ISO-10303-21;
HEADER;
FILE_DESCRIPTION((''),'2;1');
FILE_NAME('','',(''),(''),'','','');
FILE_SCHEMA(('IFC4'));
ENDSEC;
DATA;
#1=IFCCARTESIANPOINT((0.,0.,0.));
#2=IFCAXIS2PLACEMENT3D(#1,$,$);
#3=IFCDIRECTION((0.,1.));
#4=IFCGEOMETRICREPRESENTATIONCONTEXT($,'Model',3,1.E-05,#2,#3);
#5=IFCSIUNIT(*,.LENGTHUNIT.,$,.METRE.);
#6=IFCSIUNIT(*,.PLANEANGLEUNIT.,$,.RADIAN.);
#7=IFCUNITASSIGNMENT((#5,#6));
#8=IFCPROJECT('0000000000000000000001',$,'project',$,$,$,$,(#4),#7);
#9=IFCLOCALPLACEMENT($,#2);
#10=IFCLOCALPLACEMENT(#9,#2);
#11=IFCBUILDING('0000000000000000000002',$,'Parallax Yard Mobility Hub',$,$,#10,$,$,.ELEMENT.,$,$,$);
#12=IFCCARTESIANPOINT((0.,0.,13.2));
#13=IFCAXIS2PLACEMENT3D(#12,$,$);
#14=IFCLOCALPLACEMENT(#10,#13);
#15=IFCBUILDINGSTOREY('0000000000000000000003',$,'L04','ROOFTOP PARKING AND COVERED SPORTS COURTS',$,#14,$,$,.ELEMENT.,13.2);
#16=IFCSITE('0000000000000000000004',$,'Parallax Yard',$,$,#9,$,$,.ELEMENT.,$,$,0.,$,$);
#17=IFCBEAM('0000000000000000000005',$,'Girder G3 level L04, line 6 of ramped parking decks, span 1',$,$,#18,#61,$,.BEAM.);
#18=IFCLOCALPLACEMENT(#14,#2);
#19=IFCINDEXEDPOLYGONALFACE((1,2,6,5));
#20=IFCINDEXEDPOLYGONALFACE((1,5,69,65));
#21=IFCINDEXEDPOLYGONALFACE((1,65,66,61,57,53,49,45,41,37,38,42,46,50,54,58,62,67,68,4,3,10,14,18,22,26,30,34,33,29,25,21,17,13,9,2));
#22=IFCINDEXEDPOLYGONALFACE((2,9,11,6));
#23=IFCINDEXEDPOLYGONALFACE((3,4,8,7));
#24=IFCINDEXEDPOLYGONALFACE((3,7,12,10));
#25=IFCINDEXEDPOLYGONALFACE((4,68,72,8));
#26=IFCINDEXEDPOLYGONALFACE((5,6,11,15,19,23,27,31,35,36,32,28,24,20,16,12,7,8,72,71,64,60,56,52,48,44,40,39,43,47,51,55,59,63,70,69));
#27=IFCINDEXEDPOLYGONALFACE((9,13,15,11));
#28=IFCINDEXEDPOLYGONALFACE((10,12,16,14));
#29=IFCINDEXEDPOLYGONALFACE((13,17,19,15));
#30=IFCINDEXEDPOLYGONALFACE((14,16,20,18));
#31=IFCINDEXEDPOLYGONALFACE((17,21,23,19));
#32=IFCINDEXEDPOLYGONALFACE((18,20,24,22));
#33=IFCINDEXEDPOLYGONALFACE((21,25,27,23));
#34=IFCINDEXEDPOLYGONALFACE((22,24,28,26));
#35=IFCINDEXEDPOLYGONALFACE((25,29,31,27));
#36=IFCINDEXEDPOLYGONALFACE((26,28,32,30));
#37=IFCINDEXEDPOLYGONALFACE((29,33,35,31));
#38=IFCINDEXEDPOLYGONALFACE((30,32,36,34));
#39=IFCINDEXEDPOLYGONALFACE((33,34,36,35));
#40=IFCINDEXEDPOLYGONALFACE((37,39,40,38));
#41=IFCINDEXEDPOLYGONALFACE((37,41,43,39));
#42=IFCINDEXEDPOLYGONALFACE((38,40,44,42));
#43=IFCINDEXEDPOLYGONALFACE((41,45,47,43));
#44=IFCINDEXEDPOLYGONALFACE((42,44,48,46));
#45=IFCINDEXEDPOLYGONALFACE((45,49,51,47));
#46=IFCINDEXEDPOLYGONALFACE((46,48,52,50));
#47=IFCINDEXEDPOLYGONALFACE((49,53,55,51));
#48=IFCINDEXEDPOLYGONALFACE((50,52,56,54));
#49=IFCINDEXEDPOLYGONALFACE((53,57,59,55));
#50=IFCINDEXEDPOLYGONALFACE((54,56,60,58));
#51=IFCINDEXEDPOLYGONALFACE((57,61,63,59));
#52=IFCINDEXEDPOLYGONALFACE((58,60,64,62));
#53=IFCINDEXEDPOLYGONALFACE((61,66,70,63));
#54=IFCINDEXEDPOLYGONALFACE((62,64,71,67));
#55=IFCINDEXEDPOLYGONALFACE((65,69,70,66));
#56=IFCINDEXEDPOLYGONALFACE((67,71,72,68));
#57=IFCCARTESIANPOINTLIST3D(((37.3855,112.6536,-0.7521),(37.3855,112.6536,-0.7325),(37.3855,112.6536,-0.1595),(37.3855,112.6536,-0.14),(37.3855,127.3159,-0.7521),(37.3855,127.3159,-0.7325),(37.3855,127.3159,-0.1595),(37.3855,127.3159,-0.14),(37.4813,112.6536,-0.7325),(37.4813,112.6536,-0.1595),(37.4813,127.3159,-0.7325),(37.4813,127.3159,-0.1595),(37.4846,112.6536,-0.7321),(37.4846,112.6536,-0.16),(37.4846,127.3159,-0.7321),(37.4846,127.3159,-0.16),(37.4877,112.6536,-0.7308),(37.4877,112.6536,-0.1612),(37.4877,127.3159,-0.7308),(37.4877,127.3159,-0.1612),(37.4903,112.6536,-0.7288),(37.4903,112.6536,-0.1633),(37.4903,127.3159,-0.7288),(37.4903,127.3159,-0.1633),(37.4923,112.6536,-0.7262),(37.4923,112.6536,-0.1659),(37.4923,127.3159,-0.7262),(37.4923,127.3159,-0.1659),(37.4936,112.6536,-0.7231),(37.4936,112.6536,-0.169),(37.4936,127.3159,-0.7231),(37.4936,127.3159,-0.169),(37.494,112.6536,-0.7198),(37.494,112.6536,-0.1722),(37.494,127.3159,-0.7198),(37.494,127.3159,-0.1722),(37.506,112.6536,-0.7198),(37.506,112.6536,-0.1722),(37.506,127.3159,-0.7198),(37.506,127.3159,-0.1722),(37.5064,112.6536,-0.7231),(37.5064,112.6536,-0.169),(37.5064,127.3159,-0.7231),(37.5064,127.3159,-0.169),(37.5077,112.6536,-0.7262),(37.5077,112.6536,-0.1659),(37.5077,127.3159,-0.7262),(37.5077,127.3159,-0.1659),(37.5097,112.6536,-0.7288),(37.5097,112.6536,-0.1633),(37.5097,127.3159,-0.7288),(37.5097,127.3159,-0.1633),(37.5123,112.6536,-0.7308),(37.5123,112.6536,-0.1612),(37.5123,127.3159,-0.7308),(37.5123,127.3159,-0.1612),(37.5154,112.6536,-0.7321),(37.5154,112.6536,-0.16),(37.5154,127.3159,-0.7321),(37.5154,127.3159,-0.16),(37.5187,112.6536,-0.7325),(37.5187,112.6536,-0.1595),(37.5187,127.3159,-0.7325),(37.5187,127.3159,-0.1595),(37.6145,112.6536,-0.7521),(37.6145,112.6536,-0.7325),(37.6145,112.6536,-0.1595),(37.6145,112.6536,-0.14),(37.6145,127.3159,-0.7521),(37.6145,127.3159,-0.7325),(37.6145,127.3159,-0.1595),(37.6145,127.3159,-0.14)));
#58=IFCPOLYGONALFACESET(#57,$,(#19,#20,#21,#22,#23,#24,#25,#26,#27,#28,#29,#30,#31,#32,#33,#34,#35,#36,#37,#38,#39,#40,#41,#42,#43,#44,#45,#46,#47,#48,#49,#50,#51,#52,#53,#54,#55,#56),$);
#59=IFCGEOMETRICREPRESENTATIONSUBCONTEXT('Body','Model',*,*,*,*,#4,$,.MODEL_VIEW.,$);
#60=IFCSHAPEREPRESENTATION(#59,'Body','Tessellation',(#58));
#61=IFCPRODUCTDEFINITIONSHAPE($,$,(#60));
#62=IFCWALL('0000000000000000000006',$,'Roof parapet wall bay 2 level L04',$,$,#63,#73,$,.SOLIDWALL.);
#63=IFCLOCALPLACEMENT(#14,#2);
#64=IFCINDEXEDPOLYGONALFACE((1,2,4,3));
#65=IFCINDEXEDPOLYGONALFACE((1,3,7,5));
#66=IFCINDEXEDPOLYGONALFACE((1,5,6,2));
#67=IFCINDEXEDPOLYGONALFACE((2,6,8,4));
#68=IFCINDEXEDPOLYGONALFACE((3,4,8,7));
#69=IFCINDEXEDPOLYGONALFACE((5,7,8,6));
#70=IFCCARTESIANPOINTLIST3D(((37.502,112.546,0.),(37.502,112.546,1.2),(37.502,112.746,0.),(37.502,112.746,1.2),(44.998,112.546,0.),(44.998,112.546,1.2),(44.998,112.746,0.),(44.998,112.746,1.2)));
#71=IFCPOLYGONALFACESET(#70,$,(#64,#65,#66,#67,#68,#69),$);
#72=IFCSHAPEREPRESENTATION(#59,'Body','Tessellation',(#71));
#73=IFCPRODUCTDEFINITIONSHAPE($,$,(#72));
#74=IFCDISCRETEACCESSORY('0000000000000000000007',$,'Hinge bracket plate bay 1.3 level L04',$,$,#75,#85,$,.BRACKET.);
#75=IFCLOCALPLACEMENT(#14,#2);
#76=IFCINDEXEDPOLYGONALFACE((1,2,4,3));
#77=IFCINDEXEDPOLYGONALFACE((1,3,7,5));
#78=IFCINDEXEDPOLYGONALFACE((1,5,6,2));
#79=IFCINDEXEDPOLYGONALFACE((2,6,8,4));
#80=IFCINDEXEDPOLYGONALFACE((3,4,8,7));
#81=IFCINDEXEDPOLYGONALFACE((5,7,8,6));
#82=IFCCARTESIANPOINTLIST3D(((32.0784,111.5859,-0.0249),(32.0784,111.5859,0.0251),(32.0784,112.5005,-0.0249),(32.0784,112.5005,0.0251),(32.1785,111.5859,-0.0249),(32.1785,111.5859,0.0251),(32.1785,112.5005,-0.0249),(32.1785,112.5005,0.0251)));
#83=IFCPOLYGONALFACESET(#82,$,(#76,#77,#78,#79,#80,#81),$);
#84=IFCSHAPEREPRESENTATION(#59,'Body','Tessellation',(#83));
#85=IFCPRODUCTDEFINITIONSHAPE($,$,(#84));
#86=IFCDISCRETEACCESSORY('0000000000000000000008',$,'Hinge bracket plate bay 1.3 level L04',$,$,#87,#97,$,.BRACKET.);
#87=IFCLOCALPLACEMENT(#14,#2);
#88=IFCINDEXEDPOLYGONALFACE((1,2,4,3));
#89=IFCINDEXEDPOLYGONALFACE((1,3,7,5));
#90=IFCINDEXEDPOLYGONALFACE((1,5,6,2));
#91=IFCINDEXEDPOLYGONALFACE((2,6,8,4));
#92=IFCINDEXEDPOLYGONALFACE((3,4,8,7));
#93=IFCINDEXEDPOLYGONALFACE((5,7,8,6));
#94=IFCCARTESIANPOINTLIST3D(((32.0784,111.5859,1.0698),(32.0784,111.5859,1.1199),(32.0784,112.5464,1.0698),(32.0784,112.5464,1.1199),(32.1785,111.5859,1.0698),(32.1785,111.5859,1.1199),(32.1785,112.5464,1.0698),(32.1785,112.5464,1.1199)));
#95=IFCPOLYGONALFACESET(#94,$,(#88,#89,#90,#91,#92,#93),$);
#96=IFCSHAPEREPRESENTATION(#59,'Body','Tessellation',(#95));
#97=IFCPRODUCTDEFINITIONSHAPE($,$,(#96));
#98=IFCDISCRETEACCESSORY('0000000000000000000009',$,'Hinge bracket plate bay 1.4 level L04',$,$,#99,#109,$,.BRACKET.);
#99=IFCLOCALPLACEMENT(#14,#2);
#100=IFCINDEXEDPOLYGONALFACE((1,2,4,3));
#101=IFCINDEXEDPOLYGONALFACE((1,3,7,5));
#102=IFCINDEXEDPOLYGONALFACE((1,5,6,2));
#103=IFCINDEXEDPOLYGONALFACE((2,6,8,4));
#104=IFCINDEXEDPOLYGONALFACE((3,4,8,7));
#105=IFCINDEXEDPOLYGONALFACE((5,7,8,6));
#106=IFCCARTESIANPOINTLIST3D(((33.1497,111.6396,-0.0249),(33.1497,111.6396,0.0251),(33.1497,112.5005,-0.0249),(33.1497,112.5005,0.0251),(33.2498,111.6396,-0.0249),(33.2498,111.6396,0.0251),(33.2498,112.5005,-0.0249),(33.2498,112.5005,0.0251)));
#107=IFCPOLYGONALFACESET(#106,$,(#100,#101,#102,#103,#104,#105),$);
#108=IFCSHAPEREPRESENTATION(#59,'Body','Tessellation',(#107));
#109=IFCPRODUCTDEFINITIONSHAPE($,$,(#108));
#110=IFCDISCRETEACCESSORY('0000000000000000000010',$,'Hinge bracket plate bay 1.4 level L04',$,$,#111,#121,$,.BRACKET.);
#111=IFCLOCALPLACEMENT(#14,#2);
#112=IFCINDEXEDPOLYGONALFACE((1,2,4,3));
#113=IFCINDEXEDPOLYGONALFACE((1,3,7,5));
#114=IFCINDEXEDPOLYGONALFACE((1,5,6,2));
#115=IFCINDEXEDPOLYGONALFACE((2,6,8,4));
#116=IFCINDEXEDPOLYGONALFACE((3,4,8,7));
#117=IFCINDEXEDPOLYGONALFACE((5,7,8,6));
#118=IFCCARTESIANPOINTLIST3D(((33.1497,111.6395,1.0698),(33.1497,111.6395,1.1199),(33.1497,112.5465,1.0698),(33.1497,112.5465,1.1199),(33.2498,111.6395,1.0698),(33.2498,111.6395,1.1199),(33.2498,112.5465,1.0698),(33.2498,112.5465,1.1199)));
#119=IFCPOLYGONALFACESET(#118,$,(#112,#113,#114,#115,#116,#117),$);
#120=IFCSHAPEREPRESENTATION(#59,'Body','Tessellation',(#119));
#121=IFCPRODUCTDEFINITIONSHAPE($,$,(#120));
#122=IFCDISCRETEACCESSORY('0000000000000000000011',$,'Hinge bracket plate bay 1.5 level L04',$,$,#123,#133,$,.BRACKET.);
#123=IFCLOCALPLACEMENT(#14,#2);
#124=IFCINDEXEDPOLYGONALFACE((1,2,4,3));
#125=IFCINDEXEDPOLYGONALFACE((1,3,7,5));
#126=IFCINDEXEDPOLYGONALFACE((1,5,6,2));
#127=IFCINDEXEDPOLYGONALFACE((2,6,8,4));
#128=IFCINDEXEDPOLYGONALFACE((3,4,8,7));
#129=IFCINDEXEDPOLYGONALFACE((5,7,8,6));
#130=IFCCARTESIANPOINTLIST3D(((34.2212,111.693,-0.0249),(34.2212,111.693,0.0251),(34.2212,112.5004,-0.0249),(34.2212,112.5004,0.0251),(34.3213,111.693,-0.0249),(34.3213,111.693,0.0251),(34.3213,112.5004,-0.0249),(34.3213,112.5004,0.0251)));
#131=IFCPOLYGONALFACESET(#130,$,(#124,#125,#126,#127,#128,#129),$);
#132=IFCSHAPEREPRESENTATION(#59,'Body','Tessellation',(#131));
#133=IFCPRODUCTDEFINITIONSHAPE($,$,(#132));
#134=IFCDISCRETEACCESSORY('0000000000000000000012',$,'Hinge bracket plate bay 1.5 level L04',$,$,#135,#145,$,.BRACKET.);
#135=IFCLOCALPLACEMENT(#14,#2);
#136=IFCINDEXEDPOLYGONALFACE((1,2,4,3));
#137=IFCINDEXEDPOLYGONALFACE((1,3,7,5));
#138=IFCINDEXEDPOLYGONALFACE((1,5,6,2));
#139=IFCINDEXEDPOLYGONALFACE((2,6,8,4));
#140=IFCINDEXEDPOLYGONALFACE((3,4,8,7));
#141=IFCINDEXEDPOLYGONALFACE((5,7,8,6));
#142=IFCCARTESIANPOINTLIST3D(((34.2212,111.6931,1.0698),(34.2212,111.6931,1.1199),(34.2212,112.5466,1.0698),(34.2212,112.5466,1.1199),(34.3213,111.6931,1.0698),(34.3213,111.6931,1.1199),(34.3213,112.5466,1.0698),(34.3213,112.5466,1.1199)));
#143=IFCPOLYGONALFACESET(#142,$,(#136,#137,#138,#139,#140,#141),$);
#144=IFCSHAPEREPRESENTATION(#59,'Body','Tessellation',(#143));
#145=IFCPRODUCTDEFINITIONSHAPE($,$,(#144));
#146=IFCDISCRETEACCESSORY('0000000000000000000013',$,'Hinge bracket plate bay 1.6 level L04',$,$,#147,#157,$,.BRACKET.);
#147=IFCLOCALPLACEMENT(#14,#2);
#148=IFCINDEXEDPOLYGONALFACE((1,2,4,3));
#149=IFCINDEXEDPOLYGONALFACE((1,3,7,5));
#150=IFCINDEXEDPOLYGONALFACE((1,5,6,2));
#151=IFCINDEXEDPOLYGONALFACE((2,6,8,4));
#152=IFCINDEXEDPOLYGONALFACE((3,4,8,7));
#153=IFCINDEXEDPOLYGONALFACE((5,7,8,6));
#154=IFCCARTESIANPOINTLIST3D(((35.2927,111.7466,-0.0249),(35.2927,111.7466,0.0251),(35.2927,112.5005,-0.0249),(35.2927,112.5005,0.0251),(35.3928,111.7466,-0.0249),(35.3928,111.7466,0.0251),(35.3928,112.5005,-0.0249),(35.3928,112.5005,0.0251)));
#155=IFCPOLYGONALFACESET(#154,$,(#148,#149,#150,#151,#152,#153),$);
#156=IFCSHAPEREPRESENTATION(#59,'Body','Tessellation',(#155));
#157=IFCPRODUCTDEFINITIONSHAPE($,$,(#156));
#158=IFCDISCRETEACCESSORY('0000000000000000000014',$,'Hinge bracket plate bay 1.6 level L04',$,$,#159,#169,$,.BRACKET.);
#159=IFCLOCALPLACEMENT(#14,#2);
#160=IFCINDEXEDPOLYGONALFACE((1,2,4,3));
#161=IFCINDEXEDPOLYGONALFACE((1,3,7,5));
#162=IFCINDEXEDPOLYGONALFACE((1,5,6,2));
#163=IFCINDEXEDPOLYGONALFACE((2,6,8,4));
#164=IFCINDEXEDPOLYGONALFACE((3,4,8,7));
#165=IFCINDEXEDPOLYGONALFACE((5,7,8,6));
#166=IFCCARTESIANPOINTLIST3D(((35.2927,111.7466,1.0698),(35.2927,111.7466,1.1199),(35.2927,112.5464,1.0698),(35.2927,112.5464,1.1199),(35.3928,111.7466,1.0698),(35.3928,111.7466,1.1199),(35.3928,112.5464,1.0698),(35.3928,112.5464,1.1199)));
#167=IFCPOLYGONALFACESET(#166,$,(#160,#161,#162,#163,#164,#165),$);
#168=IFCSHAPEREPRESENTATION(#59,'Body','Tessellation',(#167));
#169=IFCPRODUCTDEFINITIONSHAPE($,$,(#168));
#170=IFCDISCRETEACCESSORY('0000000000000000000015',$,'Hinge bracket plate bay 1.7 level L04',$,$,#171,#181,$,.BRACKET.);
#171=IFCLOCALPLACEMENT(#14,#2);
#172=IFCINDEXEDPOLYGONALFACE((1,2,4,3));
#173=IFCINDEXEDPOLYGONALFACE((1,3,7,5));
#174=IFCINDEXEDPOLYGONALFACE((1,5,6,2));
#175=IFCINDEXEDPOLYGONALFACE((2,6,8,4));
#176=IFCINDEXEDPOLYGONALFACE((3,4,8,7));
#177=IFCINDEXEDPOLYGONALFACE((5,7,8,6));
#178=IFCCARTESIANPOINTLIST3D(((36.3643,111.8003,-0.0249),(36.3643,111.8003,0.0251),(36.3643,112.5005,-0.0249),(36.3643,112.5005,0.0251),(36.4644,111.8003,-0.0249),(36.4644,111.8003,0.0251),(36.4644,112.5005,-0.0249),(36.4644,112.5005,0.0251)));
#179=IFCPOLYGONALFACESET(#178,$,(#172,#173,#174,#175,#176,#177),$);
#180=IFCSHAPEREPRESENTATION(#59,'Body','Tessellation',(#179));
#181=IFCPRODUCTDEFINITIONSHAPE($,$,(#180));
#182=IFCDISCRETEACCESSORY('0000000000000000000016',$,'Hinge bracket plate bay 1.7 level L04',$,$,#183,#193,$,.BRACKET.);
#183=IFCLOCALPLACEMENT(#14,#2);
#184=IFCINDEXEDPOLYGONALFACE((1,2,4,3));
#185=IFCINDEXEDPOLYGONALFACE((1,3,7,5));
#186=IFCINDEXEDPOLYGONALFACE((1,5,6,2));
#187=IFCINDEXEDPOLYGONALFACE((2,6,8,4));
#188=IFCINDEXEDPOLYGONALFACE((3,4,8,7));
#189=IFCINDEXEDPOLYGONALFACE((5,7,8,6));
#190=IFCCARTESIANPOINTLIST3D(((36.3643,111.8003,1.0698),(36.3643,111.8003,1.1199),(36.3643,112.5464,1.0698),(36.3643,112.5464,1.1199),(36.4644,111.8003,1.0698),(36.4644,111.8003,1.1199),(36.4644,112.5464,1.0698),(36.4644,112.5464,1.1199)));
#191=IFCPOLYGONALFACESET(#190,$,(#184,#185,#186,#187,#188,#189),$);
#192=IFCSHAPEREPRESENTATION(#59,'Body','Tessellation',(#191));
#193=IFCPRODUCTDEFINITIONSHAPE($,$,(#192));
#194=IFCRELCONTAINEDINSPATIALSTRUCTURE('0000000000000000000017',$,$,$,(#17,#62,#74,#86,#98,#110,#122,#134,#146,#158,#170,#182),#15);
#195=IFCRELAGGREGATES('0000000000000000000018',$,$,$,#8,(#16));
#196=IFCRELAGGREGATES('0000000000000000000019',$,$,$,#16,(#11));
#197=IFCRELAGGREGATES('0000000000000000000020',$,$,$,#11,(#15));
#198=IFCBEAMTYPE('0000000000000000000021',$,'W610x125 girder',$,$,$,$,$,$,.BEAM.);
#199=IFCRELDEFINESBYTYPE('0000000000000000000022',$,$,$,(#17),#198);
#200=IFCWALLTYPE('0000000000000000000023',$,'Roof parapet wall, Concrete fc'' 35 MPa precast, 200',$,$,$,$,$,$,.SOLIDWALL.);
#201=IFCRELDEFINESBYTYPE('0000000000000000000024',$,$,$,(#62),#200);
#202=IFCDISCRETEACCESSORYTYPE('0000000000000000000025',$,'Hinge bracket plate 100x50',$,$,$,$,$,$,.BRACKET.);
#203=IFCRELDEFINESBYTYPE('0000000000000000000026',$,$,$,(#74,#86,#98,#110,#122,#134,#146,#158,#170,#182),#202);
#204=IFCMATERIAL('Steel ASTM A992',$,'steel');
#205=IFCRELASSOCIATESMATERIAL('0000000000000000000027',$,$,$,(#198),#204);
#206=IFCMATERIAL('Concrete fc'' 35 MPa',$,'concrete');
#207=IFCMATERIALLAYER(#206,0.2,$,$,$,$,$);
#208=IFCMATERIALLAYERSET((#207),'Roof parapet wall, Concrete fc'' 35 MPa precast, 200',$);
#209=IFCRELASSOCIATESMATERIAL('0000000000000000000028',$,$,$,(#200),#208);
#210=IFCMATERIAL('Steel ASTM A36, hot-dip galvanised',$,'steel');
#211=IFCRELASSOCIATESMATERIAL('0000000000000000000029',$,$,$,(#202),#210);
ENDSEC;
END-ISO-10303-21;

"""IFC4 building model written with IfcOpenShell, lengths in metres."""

from ifc_helpers import new_model, si_unit, direction, frame, frame_2d, origin, origin_2d, place, context, subcontext, project, spatial, rectangle, i_section, extrude, material, layer, layer_set, material_profile, profile_set, type_object, element, save


model = new_model("IFC4")

# Units and contexts
model_context = context("Model", 3, precision=1e-05, world=origin(), true_north=direction((0.0, 1.0)))
body_context = subcontext(model_context, "Body", "Model", "MODEL_VIEW")
ifc_project = project(units=[si_unit("LENGTHUNIT", "METRE"), si_unit("PLANEANGLEUNIT", "RADIAN")], contexts=[model_context])

# Site, building, storey
site_placement = place(None, origin())
site = spatial("IfcSite", under=ifc_project, at=site_placement, Name="Parallax Yard", CompositionType="ELEMENT", RefElevation=0.0)
building_placement = place(site_placement, origin())
building = spatial("IfcBuilding", under=site, at=building_placement, Name="Parallax Yard Mobility Hub", CompositionType="ELEMENT")
storey_placement = place(building_placement, frame((0.0, 0.0, 13.2)))
storey = spatial("IfcBuildingStorey", under=building, at=storey_placement, Name="L04", Description="ROOFTOP PARKING AND COVERED SPORTS COURTS", CompositionType="ELEMENT", Elevation=13.2)

# Shared definitions
ifc_material_1 = material(Name="Steel ASTM A992", Category="steel")

# Beam
ifc_material_profile_1 = material_profile(ifc_material_1, i_section(OverallWidth=0.229, OverallDepth=0.6121, WebThickness=0.012, FlangeThickness=0.0195, FilletRadius=0.0127, at=origin_2d()), Name="W610x125")
ifc_profile_set_1 = profile_set([ifc_material_profile_1], Name="Steel ASTM A992")
beam_type_1 = type_object("IfcBeamType", Name="W610x125 girder", PredefinedType="BEAM", material=ifc_profile_set_1)
beam_1_placement = place(storey_placement, frame((37.5, 112.6536, -0.446), z_axis=(0.0, 1.0, 0.0), x_axis=(-1.0, 0.0, 0.0)))
element("IfcBeam", 1, at=beam_1_placement, inside=storey, type_object=beam_type_1, Name="Girder G3 level L04, line 6 of ramped parking decks, span 1", PredefinedType="BEAM", context=body_context, shape_type="SweptSolid", body=[
    extrude(i_section(OverallWidth=0.229, OverallDepth=0.6121, WebThickness=0.012, FlangeThickness=0.0195, FilletRadius=0.0127, at=origin_2d()), origin(), (0.0, 0.0, 1.0), 14.6624),
])

# Wall
ifc_material_2 = material(Name="Concrete fc' 35 MPa", Category="concrete")
ifc_layer = layer(ifc_material_2, 0.2)
ifc_layer_set = layer_set([ifc_layer], Name="Roof parapet wall, Concrete fc' 35 MPa precast, 200")
wall_type = type_object("IfcWallType", Name="Roof parapet wall, Concrete fc' 35 MPa precast, 200", PredefinedType="SOLIDWALL", material=ifc_layer_set)
wall_placement = place(storey_placement, frame((37.502, 112.646, 0.0), z_axis=(0.0, 0.0, 1.0), x_axis=(1.0, 0.0, 0.0)))
element("IfcWall", 2, at=wall_placement, inside=storey, type_object=wall_type, Name="Roof parapet wall bay 2 level L04", PredefinedType="SOLIDWALL", context=body_context, shape_type="SweptSolid", body=[
    extrude(rectangle(XDim=7.4961, YDim=0.2, at=frame_2d((3.748, 0.0))), origin(), (0.0, 0.0, 1.0), 1.2),
])

# Discrete accessories
ifc_material_3 = material(Name="Steel ASTM A36, hot-dip galvanised", Category="steel")
discrete_accessory_type_1 = type_object("IfcDiscreteAccessoryType", Name="Hinge bracket plate 100x50", PredefinedType="BRACKET", material=ifc_material_3)
discrete_accessory_1_placement = place(storey_placement, frame((32.1284, 112.0432, -0.0249), z_axis=(0.0, 0.0, 1.0), x_axis=(0.0, -1.0, 0.0)))
element("IfcDiscreteAccessory", 3, at=discrete_accessory_1_placement, inside=storey, type_object=discrete_accessory_type_1, Name="Hinge bracket plate bay 1.3 level L04", PredefinedType="BRACKET", context=body_context, shape_type="SweptSolid", body=[
    extrude(rectangle(XDim=0.9146, YDim=0.1001, at=origin_2d()), origin(), (0.0, 0.0, 1.0), 0.05),
])
discrete_accessory_2_placement = place(storey_placement, frame((32.1284, 112.0662, 1.0698), z_axis=(0.0, 0.0, 1.0), x_axis=(0.0, -1.0, 0.0)))
element("IfcDiscreteAccessory", 4, at=discrete_accessory_2_placement, inside=storey, type_object=discrete_accessory_type_1, Name="Hinge bracket plate bay 1.3 level L04", PredefinedType="BRACKET", context=body_context, shape_type="SweptSolid", body=[
    extrude(rectangle(XDim=0.9604, YDim=0.1001, at=origin_2d()), origin(), (0.0, 0.0, 1.0), 0.05),
])
discrete_accessory_3_placement = place(storey_placement, frame((33.1997, 112.0701, -0.0249), z_axis=(0.0, 0.0, 1.0), x_axis=(0.0, -1.0, 0.0)))
element("IfcDiscreteAccessory", 5, at=discrete_accessory_3_placement, inside=storey, type_object=discrete_accessory_type_1, Name="Hinge bracket plate bay 1.4 level L04", PredefinedType="BRACKET", context=body_context, shape_type="SweptSolid", body=[
    extrude(rectangle(XDim=0.8608, YDim=0.1001, at=origin_2d()), origin(), (0.0, 0.0, 1.0), 0.05),
])
discrete_accessory_4_placement = place(storey_placement, frame((33.1997, 112.093, 1.0698), z_axis=(0.0, 0.0, 1.0), x_axis=(0.0, -1.0, 0.0)))
element("IfcDiscreteAccessory", 6, at=discrete_accessory_4_placement, inside=storey, type_object=discrete_accessory_type_1, Name="Hinge bracket plate bay 1.4 level L04", PredefinedType="BRACKET", context=body_context, shape_type="SweptSolid", body=[
    extrude(rectangle(XDim=0.907, YDim=0.1001, at=origin_2d()), origin(), (0.0, 0.0, 1.0), 0.05),
])
discrete_accessory_5_placement = place(storey_placement, frame((34.2712, 112.0967, -0.0249), z_axis=(0.0, 0.0, 1.0), x_axis=(0.0, -1.0, 0.0)))
element("IfcDiscreteAccessory", 7, at=discrete_accessory_5_placement, inside=storey, type_object=discrete_accessory_type_1, Name="Hinge bracket plate bay 1.5 level L04", PredefinedType="BRACKET", context=body_context, shape_type="SweptSolid", body=[
    extrude(rectangle(XDim=0.8074, YDim=0.1001, at=origin_2d()), origin(), (0.0, 0.0, 1.0), 0.05),
])
discrete_accessory_6_placement = place(storey_placement, frame((34.2712, 112.1199, 1.0698), z_axis=(0.0, 0.0, 1.0), x_axis=(0.0, -1.0, 0.0)))
element("IfcDiscreteAccessory", 8, at=discrete_accessory_6_placement, inside=storey, type_object=discrete_accessory_type_1, Name="Hinge bracket plate bay 1.5 level L04", PredefinedType="BRACKET", context=body_context, shape_type="SweptSolid", body=[
    extrude(rectangle(XDim=0.8535, YDim=0.1001, at=origin_2d()), origin(), (0.0, 0.0, 1.0), 0.05),
])
discrete_accessory_7_placement = place(storey_placement, frame((35.3428, 112.1235, -0.0249), z_axis=(0.0, 0.0, 1.0), x_axis=(0.0, -1.0, 0.0)))
element("IfcDiscreteAccessory", 9, at=discrete_accessory_7_placement, inside=storey, type_object=discrete_accessory_type_1, Name="Hinge bracket plate bay 1.6 level L04", PredefinedType="BRACKET", context=body_context, shape_type="SweptSolid", body=[
    extrude(rectangle(XDim=0.7539, YDim=0.1001, at=origin_2d()), origin(), (0.0, 0.0, 1.0), 0.05),
])
discrete_accessory_8_placement = place(storey_placement, frame((35.3428, 112.1465, 1.0698), z_axis=(0.0, 0.0, 1.0), x_axis=(0.0, -1.0, 0.0)))
element("IfcDiscreteAccessory", 10, at=discrete_accessory_8_placement, inside=storey, type_object=discrete_accessory_type_1, Name="Hinge bracket plate bay 1.6 level L04", PredefinedType="BRACKET", context=body_context, shape_type="SweptSolid", body=[
    extrude(rectangle(XDim=0.7998, YDim=0.1001, at=origin_2d()), origin(), (0.0, 0.0, 1.0), 0.05),
])
discrete_accessory_9_placement = place(storey_placement, frame((36.4143, 112.1504, -0.0249), z_axis=(0.0, 0.0, 1.0), x_axis=(0.0, -1.0, 0.0)))
element("IfcDiscreteAccessory", 11, at=discrete_accessory_9_placement, inside=storey, type_object=discrete_accessory_type_1, Name="Hinge bracket plate bay 1.7 level L04", PredefinedType="BRACKET", context=body_context, shape_type="SweptSolid", body=[
    extrude(rectangle(XDim=0.7002, YDim=0.1001, at=origin_2d()), origin(), (0.0, 0.0, 1.0), 0.05),
])
discrete_accessory_10_placement = place(storey_placement, frame((36.4143, 112.1733, 1.0698), z_axis=(0.0, 0.0, 1.0), x_axis=(0.0, -1.0, 0.0)))
element("IfcDiscreteAccessory", 12, at=discrete_accessory_10_placement, inside=storey, type_object=discrete_accessory_type_1, Name="Hinge bracket plate bay 1.7 level L04", PredefinedType="BRACKET", context=body_context, shape_type="SweptSolid", body=[
    extrude(rectangle(XDim=0.7461, YDim=0.1001, at=origin_2d()), origin(), (0.0, 0.0, 1.0), 0.05),
])

save(model, "model.ifc")
